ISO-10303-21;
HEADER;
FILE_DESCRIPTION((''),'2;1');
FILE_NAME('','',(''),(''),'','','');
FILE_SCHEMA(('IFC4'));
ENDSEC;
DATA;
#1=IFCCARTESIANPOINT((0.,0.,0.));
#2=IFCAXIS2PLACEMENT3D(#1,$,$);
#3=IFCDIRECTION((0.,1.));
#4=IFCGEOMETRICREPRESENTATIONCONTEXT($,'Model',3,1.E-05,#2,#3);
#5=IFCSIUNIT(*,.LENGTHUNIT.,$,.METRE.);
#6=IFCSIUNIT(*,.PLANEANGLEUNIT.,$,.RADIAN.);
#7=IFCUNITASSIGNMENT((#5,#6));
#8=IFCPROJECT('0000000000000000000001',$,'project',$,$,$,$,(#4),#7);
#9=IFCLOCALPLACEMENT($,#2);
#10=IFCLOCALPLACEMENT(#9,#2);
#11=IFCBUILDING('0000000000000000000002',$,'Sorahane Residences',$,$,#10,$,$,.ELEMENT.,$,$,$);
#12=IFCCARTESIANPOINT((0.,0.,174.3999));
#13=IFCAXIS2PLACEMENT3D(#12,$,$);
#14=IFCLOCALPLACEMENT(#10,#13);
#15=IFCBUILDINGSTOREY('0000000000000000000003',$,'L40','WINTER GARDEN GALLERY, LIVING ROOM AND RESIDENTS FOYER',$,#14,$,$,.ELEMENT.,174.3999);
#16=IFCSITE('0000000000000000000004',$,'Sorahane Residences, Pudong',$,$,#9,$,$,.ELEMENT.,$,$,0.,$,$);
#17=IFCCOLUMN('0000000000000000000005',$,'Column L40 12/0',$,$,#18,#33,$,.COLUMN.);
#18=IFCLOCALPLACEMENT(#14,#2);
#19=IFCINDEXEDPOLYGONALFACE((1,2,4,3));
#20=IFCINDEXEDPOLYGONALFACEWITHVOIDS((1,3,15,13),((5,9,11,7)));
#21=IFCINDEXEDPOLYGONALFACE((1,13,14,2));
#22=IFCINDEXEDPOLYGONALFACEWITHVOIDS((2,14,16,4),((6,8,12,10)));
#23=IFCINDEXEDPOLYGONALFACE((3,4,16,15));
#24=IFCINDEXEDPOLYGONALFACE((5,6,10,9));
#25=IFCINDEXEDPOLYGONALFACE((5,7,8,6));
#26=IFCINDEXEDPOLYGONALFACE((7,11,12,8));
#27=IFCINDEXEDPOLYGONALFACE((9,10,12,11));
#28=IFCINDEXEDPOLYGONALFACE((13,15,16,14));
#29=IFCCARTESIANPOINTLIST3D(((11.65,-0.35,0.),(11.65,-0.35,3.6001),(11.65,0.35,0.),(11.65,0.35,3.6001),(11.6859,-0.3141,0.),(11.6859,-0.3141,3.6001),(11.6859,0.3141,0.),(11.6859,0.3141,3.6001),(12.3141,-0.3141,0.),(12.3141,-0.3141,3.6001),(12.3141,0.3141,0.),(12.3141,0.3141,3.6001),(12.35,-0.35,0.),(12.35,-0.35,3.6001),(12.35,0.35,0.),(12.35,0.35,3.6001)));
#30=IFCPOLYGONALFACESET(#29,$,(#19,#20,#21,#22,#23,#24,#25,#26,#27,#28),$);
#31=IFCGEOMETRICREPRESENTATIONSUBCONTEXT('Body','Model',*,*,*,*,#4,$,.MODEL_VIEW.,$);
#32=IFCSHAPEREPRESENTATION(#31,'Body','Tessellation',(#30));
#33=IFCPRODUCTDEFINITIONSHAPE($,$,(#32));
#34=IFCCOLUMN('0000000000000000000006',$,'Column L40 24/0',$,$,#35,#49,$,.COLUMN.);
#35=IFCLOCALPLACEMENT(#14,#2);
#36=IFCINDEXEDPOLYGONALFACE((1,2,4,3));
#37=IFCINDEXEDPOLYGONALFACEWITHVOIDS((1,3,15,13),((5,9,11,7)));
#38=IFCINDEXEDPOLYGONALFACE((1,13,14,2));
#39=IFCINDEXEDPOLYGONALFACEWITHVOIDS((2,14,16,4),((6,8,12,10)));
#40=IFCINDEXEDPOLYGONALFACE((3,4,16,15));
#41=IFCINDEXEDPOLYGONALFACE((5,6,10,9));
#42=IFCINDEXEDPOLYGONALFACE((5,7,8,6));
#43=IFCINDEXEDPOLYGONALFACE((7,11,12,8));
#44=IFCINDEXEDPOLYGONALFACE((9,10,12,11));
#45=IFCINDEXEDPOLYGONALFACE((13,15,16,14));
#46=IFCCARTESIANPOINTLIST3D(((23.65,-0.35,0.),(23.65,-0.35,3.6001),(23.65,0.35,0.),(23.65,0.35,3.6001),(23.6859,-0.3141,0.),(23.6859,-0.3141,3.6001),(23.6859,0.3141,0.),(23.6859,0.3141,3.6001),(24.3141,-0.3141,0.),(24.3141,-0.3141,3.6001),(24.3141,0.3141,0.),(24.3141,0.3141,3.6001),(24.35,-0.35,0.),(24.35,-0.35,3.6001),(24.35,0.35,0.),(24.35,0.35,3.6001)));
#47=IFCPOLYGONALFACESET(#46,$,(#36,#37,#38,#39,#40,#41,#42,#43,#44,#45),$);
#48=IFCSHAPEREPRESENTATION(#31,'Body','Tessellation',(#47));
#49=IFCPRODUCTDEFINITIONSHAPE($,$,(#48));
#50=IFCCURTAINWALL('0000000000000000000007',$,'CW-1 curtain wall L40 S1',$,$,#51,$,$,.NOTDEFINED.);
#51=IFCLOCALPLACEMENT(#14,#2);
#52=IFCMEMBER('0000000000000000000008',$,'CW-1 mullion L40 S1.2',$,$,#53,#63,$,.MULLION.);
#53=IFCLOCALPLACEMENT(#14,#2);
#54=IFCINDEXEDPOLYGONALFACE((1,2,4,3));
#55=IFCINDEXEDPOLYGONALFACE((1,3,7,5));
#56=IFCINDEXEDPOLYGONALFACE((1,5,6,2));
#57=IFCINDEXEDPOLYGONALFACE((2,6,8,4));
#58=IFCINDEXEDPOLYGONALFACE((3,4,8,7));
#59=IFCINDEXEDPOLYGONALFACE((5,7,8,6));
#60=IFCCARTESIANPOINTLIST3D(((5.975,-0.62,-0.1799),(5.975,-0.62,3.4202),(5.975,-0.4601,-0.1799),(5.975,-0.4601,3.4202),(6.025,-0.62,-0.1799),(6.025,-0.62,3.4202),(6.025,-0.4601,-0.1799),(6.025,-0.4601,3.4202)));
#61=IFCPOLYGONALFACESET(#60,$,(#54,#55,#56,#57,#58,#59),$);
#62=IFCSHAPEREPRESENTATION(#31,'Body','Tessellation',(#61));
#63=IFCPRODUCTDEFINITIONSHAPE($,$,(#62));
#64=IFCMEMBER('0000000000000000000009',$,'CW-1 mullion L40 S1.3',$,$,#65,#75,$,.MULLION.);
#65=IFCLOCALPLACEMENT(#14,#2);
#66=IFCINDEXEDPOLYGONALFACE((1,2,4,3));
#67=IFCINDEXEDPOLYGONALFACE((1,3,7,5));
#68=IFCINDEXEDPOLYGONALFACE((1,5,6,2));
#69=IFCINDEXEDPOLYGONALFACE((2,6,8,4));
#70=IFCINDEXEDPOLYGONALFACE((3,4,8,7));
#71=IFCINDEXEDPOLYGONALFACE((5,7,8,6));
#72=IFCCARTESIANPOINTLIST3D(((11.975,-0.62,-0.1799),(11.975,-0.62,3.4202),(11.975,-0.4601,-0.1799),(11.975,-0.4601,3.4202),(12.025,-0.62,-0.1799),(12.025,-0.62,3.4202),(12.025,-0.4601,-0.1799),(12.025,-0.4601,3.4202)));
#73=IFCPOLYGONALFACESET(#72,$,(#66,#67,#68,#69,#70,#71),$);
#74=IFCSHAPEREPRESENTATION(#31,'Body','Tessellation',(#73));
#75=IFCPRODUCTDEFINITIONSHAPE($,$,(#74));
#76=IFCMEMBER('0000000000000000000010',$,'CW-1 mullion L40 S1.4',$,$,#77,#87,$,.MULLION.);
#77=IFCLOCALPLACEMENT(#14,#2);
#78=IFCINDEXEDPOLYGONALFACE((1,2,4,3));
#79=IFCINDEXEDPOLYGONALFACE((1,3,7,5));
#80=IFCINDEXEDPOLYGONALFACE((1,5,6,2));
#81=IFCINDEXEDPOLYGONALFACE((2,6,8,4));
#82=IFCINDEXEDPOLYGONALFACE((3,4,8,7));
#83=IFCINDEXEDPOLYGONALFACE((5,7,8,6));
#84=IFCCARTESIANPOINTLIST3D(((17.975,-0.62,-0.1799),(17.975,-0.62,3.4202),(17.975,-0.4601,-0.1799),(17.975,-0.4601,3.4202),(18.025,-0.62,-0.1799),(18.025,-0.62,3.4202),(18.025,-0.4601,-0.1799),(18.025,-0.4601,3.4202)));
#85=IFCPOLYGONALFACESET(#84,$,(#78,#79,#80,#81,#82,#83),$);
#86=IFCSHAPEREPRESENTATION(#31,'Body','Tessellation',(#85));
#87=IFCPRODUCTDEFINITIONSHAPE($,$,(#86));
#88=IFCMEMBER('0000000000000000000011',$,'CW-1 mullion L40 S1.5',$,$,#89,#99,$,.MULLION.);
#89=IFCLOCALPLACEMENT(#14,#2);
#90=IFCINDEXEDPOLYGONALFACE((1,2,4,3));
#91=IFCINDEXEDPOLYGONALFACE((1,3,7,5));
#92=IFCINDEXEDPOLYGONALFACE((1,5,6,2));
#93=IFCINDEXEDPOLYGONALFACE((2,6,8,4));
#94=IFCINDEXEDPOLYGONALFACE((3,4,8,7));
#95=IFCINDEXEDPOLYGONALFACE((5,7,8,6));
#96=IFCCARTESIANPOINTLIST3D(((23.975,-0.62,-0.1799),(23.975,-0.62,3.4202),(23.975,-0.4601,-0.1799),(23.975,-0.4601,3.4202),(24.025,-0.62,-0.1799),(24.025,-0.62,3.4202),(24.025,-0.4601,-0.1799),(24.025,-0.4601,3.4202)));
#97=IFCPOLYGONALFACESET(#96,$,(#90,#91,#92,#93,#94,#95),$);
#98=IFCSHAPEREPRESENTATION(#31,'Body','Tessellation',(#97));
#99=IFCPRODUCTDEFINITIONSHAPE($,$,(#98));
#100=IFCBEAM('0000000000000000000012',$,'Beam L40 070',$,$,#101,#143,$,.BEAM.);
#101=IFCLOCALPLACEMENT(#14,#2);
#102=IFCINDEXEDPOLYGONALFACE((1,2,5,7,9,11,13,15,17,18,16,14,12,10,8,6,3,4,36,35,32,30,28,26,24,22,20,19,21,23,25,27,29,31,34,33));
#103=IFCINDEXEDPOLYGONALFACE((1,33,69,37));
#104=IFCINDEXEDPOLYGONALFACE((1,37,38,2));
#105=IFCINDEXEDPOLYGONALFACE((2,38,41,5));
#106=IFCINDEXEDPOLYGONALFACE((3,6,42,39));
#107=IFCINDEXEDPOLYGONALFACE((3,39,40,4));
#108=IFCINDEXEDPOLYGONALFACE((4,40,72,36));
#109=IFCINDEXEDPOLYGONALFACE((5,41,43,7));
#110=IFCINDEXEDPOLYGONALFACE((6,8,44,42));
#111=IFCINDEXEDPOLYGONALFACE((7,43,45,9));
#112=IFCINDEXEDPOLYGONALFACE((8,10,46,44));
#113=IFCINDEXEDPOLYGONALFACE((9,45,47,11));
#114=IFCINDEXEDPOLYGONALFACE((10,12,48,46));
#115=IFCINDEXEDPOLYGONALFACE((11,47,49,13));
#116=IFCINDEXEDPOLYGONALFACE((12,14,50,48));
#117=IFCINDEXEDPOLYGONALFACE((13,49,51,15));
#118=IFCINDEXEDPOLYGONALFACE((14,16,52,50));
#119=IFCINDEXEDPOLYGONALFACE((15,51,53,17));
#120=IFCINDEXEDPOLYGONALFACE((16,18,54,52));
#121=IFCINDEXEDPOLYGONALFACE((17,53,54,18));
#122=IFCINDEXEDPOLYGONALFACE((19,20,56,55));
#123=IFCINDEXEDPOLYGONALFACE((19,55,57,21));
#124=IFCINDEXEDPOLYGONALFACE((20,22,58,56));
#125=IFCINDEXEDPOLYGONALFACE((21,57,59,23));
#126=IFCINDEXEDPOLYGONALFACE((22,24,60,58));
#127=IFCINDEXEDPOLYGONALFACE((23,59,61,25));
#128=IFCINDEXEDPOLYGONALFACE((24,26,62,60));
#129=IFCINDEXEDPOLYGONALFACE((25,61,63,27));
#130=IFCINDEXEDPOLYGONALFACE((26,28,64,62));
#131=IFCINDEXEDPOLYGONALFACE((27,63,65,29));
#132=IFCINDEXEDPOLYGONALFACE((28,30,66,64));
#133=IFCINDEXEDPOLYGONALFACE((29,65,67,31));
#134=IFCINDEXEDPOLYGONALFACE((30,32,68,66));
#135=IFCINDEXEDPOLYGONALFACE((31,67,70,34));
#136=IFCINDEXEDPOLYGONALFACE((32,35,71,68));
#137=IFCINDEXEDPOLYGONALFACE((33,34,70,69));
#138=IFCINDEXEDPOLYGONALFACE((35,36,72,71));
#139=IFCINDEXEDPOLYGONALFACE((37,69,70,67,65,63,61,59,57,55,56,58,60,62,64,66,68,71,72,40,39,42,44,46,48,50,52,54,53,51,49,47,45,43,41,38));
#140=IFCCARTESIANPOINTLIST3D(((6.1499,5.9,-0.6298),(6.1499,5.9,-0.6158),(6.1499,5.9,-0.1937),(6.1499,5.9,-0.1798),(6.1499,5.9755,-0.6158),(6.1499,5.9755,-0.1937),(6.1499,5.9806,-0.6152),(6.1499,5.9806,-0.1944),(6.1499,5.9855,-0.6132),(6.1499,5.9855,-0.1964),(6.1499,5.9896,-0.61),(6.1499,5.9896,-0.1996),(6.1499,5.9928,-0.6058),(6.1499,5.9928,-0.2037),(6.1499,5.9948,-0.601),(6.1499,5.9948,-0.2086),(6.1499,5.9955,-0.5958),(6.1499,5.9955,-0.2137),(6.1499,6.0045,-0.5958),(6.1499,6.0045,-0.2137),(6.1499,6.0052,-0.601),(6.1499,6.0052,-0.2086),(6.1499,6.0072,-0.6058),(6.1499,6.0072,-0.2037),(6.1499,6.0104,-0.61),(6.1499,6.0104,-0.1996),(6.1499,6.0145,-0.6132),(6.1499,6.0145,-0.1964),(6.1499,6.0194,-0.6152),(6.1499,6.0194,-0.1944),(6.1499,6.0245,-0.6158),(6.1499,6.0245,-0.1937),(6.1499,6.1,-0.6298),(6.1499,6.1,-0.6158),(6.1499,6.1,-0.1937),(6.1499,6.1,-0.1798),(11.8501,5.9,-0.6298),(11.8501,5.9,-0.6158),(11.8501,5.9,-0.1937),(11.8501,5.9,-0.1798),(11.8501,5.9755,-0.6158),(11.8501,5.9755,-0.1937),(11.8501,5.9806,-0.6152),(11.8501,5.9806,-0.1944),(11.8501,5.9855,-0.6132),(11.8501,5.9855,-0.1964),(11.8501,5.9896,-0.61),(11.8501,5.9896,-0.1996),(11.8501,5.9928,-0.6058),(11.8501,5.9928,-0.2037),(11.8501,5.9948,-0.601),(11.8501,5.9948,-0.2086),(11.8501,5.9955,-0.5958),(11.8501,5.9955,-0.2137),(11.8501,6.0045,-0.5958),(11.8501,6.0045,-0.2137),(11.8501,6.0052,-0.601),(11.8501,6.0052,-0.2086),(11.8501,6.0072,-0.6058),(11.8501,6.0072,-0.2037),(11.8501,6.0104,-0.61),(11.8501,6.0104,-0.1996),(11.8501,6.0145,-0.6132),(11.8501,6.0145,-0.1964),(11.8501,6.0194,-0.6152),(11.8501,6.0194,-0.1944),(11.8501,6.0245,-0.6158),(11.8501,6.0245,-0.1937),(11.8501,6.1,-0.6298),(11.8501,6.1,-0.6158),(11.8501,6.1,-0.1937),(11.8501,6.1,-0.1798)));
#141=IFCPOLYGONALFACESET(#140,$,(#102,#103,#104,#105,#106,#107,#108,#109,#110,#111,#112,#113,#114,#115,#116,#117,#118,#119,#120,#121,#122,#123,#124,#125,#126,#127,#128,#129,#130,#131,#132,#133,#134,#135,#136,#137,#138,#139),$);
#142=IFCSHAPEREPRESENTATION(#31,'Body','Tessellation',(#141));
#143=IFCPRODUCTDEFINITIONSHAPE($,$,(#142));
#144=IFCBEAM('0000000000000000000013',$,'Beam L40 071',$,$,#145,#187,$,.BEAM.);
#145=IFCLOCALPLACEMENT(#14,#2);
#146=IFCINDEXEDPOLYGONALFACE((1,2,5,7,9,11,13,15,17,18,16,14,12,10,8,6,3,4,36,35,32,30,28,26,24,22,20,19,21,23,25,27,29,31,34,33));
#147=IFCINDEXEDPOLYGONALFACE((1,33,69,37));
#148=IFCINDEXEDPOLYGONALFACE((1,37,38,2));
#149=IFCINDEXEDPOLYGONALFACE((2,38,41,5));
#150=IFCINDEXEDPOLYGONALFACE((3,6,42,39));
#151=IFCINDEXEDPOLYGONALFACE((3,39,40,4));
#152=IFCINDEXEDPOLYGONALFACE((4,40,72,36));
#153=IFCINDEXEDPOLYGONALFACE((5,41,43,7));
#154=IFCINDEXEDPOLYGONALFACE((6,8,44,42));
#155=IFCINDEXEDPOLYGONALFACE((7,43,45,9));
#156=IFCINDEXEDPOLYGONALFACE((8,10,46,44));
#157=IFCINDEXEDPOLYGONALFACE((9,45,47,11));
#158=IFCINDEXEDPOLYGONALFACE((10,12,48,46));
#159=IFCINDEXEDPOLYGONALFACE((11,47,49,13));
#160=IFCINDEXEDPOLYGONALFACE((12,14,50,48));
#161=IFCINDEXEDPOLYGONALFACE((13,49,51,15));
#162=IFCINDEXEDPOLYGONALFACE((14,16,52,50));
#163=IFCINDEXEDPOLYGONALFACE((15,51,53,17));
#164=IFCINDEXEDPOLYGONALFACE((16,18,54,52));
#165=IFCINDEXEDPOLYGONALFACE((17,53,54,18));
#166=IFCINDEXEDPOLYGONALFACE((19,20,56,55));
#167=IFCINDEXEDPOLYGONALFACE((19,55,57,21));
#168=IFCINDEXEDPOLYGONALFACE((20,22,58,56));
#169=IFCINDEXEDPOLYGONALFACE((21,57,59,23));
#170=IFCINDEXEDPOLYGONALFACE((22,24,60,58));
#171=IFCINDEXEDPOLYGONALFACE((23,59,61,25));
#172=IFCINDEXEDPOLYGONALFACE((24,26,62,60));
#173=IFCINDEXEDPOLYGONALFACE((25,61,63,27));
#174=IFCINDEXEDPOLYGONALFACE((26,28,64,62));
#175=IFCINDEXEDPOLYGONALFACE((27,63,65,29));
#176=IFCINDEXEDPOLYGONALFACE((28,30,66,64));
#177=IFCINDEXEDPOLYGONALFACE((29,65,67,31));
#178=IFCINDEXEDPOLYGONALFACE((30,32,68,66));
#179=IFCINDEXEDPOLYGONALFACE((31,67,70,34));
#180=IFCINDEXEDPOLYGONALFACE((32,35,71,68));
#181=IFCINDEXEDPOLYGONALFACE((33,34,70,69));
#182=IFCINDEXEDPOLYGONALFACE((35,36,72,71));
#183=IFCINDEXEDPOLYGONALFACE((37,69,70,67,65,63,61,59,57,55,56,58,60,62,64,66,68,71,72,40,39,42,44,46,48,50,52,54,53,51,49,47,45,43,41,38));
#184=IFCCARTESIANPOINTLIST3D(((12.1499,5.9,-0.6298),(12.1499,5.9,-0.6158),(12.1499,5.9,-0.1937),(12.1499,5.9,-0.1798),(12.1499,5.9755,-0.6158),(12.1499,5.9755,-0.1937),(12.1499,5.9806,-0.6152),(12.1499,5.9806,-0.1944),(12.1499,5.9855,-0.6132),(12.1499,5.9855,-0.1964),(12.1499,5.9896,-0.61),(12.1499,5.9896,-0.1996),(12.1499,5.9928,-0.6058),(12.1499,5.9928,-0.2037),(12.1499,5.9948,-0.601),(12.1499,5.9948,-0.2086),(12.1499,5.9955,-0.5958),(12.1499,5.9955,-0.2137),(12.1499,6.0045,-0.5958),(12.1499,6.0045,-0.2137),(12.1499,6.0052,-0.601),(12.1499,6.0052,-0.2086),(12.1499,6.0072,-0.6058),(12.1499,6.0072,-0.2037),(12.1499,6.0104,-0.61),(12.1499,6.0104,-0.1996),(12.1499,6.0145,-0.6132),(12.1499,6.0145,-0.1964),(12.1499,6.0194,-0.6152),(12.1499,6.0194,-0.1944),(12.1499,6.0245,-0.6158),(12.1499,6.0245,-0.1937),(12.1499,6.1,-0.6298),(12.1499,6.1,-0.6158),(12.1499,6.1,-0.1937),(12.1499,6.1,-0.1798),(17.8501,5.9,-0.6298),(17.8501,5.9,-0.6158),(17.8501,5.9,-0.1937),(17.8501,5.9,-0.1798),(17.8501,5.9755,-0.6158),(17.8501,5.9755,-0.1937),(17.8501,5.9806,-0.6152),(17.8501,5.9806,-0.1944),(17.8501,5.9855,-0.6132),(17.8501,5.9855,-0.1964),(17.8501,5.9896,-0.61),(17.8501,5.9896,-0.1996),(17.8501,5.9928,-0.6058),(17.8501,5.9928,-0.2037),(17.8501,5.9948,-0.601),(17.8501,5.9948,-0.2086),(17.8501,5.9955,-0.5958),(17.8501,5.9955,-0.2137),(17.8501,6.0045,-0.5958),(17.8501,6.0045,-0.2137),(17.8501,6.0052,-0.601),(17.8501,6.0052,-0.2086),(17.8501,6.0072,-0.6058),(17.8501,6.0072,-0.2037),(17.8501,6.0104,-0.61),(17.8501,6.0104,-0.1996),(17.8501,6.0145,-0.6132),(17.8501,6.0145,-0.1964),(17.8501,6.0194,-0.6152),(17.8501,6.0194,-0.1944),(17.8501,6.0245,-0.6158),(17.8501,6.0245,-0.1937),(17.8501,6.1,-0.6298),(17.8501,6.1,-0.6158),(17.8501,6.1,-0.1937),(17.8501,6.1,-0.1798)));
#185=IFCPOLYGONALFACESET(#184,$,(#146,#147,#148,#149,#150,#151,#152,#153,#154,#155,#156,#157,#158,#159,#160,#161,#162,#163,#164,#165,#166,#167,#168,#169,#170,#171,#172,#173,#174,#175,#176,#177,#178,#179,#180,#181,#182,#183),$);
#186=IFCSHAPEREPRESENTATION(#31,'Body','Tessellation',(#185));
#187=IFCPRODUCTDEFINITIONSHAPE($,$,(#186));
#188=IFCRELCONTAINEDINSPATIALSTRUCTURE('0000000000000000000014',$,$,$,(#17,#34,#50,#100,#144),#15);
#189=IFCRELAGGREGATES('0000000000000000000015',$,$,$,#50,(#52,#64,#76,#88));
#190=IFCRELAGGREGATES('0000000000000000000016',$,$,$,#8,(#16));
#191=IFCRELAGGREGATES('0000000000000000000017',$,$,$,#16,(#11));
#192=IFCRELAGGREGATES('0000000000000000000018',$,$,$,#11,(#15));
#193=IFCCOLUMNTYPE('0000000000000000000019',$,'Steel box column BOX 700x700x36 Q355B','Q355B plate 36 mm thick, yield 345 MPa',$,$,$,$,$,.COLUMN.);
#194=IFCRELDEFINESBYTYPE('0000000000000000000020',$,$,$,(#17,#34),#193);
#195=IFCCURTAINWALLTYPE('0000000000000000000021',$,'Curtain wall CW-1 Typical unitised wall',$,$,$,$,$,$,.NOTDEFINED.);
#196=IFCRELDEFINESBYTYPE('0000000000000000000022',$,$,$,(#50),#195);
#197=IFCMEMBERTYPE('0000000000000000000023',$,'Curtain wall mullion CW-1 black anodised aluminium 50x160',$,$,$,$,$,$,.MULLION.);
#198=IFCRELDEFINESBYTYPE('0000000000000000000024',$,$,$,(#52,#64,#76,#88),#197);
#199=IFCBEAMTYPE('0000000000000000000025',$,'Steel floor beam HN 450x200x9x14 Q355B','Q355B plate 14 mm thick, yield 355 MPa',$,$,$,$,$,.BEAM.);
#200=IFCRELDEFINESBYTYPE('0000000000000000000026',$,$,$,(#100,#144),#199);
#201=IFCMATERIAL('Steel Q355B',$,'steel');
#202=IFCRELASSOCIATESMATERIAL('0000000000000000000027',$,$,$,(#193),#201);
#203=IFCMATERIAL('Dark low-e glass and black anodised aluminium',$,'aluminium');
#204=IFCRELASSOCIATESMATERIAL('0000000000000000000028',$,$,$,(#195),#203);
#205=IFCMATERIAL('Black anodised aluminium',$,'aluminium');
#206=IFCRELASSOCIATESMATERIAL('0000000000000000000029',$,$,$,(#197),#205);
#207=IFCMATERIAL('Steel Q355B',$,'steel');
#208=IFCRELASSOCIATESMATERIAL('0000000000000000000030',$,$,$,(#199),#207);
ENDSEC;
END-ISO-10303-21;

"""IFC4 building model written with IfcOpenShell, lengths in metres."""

from ifc_helpers import new_model, si_unit, direction, frame, origin, origin_2d, place, context, subcontext, project, spatial, rectangle, hollow_rectangle, i_section, extrude, material, material_profile, profile_set, type_object, element, aggregate, save


model = new_model("IFC4")

# Units and contexts
model_context = context("Model", 3, precision=1e-05, world=origin(), true_north=direction((0.0, 1.0)))
body_context = subcontext(model_context, "Body", "Model", "MODEL_VIEW")
ifc_project = project(units=[si_unit("LENGTHUNIT", "METRE"), si_unit("PLANEANGLEUNIT", "RADIAN")], contexts=[model_context])

# Site, building, storey
site_placement = place(None, origin())
site = spatial("IfcSite", under=ifc_project, at=site_placement, Name="Sorahane Residences, Pudong", CompositionType="ELEMENT", RefElevation=0.0)
building_placement = place(site_placement, origin())
building = spatial("IfcBuilding", under=site, at=building_placement, Name="Sorahane Residences", CompositionType="ELEMENT")
storey_placement = place(building_placement, frame((0.0, 0.0, 174.3999)))
storey = spatial("IfcBuildingStorey", under=building, at=storey_placement, Name="L40", Description="WINTER GARDEN GALLERY, LIVING ROOM AND RESIDENTS FOYER", CompositionType="ELEMENT", Elevation=174.3999)

# Columns
ifc_material_1 = material(Name="Steel Q355B", Category="steel")
ifc_material_profile_1 = material_profile(ifc_material_1, hollow_rectangle(XDim=0.7, YDim=0.7, WallThickness=0.0359, at=origin_2d()), Name="BOX 700x700x36")
ifc_profile_set_1 = profile_set([ifc_material_profile_1], Name="Steel Q355B")
column_type = type_object("IfcColumnType", Name="Steel box column BOX 700x700x36 Q355B", Description="Q355B plate 36 mm thick, yield 345 MPa", PredefinedType="COLUMN", material=ifc_profile_set_1)
for number, where, z_axis, x_axis, name in (
    (1, (12.0, 0.0, 0.0), (0.0, 0.0, 1.0), (1.0, 0.0, 0.0), "Column L40 12/0"),
    (2, (24.0, 0.0, 0.0), (0.0, 0.0, 1.0), (1.0, 0.0, 0.0), "Column L40 24/0"),
):
    element("IfcColumn", number, at=place(storey_placement, frame(where, z_axis=z_axis, x_axis=x_axis)), inside=storey, type_object=column_type, Name=name, PredefinedType="COLUMN", context=body_context, shape_type="SweptSolid", body=[
        extrude(hollow_rectangle(XDim=0.7, YDim=0.7, WallThickness=0.0359, at=origin_2d()), origin(), (0.0, 0.0, 1.0), 3.6001),
    ])

# Curtain wall, members
ifc_material_2 = material(Name="Dark low-e glass and black anodised aluminium", Category="aluminium")
curtain_wall_type = type_object("IfcCurtainWallType", Name="Curtain wall CW-1 Typical unitised wall", PredefinedType="NOTDEFINED", material=ifc_material_2)
curtain_wall_placement = place(storey_placement, origin())
curtain_wall = element("IfcCurtainWall", 3, at=curtain_wall_placement, inside=storey, type_object=curtain_wall_type, Name="CW-1 curtain wall L40 S1", PredefinedType="NOTDEFINED")
ifc_material_3 = material(Name="Black anodised aluminium", Category="aluminium")
ifc_material_profile_2 = material_profile(ifc_material_3, rectangle(XDim=0.1599, YDim=0.05, at=origin_2d()), Name="Curtain wall mullion CW-1 black anodised aluminium 50x160")
ifc_profile_set_2 = profile_set([ifc_material_profile_2], Name="Black anodised aluminium")
member_type = type_object("IfcMemberType", Name="Curtain wall mullion CW-1 black anodised aluminium 50x160", PredefinedType="MULLION", material=ifc_profile_set_2)
member_1_placement = place(storey_placement, frame((6.0, -0.54, -0.1799), z_axis=(0.0, 0.0, 1.0), x_axis=(0.0, -1.0, 0.0)))
member_1 = element("IfcMember", 4, at=member_1_placement, type_object=member_type, Name="CW-1 mullion L40 S1.2", PredefinedType="MULLION", context=body_context, shape_type="SweptSolid", body=[
    extrude(rectangle(XDim=0.1599, YDim=0.05, at=origin_2d()), origin(), (0.0, 0.0, 1.0), 3.6001),
])
member_2_placement = place(storey_placement, frame((12.0, -0.54, -0.1799), z_axis=(0.0, 0.0, 1.0), x_axis=(0.0, -1.0, 0.0)))
member_2 = element("IfcMember", 5, at=member_2_placement, type_object=member_type, Name="CW-1 mullion L40 S1.3", PredefinedType="MULLION", context=body_context, shape_type="SweptSolid", body=[
    extrude(rectangle(XDim=0.1599, YDim=0.05, at=origin_2d()), origin(), (0.0, 0.0, 1.0), 3.6001),
])
member_3_placement = place(storey_placement, frame((18.0, -0.54, -0.1799), z_axis=(0.0, 0.0, 1.0), x_axis=(0.0, -1.0, 0.0)))
member_3 = element("IfcMember", 6, at=member_3_placement, type_object=member_type, Name="CW-1 mullion L40 S1.4", PredefinedType="MULLION", context=body_context, shape_type="SweptSolid", body=[
    extrude(rectangle(XDim=0.1599, YDim=0.05, at=origin_2d()), origin(), (0.0, 0.0, 1.0), 3.6001),
])
member_4_placement = place(storey_placement, frame((24.0, -0.54, -0.1799), z_axis=(0.0, 0.0, 1.0), x_axis=(0.0, -1.0, 0.0)))
member_4 = element("IfcMember", 7, at=member_4_placement, type_object=member_type, Name="CW-1 mullion L40 S1.5", PredefinedType="MULLION", context=body_context, shape_type="SweptSolid", body=[
    extrude(rectangle(XDim=0.1599, YDim=0.05, at=origin_2d()), origin(), (0.0, 0.0, 1.0), 3.6001),
])

# Beams
ifc_material_4 = material(Name="Steel Q355B", Category="steel")
ifc_material_profile_3 = material_profile(ifc_material_4, i_section(OverallWidth=0.2, OverallDepth=0.45, WebThickness=0.009, FlangeThickness=0.0139, FilletRadius=0.02, at=origin_2d()), Name="HN 450x200x9x14")
ifc_profile_set_3 = profile_set([ifc_material_profile_3], Name="Steel Q355B")
beam_type_1 = type_object("IfcBeamType", Name="Steel floor beam HN 450x200x9x14 Q355B", Description="Q355B plate 14 mm thick, yield 355 MPa", PredefinedType="BEAM", material=ifc_profile_set_3)
for number, where, z_axis, x_axis, name in (
    (8, (6.1499, 6.0, -0.4048), (1.0, 0.0, 0.0), (0.0, 1.0, 0.0), "Beam L40 070"),
    (9, (12.1499, 6.0, -0.4048), (1.0, 0.0, 0.0), (0.0, 1.0, 0.0), "Beam L40 071"),
):
    element("IfcBeam", number, at=place(storey_placement, frame(where, z_axis=z_axis, x_axis=x_axis)), inside=storey, type_object=beam_type_1, Name=name, PredefinedType="BEAM", context=body_context, shape_type="SweptSolid", body=[
        extrude(i_section(OverallWidth=0.2, OverallDepth=0.45, WebThickness=0.009, FlangeThickness=0.0139, FilletRadius=0.02, at=origin_2d()), origin(), (0.0, 0.0, 1.0), 5.7002),
    ])

aggregate(curtain_wall, [member_1, member_2, member_3, member_4])

save(model, "model.ifc")
